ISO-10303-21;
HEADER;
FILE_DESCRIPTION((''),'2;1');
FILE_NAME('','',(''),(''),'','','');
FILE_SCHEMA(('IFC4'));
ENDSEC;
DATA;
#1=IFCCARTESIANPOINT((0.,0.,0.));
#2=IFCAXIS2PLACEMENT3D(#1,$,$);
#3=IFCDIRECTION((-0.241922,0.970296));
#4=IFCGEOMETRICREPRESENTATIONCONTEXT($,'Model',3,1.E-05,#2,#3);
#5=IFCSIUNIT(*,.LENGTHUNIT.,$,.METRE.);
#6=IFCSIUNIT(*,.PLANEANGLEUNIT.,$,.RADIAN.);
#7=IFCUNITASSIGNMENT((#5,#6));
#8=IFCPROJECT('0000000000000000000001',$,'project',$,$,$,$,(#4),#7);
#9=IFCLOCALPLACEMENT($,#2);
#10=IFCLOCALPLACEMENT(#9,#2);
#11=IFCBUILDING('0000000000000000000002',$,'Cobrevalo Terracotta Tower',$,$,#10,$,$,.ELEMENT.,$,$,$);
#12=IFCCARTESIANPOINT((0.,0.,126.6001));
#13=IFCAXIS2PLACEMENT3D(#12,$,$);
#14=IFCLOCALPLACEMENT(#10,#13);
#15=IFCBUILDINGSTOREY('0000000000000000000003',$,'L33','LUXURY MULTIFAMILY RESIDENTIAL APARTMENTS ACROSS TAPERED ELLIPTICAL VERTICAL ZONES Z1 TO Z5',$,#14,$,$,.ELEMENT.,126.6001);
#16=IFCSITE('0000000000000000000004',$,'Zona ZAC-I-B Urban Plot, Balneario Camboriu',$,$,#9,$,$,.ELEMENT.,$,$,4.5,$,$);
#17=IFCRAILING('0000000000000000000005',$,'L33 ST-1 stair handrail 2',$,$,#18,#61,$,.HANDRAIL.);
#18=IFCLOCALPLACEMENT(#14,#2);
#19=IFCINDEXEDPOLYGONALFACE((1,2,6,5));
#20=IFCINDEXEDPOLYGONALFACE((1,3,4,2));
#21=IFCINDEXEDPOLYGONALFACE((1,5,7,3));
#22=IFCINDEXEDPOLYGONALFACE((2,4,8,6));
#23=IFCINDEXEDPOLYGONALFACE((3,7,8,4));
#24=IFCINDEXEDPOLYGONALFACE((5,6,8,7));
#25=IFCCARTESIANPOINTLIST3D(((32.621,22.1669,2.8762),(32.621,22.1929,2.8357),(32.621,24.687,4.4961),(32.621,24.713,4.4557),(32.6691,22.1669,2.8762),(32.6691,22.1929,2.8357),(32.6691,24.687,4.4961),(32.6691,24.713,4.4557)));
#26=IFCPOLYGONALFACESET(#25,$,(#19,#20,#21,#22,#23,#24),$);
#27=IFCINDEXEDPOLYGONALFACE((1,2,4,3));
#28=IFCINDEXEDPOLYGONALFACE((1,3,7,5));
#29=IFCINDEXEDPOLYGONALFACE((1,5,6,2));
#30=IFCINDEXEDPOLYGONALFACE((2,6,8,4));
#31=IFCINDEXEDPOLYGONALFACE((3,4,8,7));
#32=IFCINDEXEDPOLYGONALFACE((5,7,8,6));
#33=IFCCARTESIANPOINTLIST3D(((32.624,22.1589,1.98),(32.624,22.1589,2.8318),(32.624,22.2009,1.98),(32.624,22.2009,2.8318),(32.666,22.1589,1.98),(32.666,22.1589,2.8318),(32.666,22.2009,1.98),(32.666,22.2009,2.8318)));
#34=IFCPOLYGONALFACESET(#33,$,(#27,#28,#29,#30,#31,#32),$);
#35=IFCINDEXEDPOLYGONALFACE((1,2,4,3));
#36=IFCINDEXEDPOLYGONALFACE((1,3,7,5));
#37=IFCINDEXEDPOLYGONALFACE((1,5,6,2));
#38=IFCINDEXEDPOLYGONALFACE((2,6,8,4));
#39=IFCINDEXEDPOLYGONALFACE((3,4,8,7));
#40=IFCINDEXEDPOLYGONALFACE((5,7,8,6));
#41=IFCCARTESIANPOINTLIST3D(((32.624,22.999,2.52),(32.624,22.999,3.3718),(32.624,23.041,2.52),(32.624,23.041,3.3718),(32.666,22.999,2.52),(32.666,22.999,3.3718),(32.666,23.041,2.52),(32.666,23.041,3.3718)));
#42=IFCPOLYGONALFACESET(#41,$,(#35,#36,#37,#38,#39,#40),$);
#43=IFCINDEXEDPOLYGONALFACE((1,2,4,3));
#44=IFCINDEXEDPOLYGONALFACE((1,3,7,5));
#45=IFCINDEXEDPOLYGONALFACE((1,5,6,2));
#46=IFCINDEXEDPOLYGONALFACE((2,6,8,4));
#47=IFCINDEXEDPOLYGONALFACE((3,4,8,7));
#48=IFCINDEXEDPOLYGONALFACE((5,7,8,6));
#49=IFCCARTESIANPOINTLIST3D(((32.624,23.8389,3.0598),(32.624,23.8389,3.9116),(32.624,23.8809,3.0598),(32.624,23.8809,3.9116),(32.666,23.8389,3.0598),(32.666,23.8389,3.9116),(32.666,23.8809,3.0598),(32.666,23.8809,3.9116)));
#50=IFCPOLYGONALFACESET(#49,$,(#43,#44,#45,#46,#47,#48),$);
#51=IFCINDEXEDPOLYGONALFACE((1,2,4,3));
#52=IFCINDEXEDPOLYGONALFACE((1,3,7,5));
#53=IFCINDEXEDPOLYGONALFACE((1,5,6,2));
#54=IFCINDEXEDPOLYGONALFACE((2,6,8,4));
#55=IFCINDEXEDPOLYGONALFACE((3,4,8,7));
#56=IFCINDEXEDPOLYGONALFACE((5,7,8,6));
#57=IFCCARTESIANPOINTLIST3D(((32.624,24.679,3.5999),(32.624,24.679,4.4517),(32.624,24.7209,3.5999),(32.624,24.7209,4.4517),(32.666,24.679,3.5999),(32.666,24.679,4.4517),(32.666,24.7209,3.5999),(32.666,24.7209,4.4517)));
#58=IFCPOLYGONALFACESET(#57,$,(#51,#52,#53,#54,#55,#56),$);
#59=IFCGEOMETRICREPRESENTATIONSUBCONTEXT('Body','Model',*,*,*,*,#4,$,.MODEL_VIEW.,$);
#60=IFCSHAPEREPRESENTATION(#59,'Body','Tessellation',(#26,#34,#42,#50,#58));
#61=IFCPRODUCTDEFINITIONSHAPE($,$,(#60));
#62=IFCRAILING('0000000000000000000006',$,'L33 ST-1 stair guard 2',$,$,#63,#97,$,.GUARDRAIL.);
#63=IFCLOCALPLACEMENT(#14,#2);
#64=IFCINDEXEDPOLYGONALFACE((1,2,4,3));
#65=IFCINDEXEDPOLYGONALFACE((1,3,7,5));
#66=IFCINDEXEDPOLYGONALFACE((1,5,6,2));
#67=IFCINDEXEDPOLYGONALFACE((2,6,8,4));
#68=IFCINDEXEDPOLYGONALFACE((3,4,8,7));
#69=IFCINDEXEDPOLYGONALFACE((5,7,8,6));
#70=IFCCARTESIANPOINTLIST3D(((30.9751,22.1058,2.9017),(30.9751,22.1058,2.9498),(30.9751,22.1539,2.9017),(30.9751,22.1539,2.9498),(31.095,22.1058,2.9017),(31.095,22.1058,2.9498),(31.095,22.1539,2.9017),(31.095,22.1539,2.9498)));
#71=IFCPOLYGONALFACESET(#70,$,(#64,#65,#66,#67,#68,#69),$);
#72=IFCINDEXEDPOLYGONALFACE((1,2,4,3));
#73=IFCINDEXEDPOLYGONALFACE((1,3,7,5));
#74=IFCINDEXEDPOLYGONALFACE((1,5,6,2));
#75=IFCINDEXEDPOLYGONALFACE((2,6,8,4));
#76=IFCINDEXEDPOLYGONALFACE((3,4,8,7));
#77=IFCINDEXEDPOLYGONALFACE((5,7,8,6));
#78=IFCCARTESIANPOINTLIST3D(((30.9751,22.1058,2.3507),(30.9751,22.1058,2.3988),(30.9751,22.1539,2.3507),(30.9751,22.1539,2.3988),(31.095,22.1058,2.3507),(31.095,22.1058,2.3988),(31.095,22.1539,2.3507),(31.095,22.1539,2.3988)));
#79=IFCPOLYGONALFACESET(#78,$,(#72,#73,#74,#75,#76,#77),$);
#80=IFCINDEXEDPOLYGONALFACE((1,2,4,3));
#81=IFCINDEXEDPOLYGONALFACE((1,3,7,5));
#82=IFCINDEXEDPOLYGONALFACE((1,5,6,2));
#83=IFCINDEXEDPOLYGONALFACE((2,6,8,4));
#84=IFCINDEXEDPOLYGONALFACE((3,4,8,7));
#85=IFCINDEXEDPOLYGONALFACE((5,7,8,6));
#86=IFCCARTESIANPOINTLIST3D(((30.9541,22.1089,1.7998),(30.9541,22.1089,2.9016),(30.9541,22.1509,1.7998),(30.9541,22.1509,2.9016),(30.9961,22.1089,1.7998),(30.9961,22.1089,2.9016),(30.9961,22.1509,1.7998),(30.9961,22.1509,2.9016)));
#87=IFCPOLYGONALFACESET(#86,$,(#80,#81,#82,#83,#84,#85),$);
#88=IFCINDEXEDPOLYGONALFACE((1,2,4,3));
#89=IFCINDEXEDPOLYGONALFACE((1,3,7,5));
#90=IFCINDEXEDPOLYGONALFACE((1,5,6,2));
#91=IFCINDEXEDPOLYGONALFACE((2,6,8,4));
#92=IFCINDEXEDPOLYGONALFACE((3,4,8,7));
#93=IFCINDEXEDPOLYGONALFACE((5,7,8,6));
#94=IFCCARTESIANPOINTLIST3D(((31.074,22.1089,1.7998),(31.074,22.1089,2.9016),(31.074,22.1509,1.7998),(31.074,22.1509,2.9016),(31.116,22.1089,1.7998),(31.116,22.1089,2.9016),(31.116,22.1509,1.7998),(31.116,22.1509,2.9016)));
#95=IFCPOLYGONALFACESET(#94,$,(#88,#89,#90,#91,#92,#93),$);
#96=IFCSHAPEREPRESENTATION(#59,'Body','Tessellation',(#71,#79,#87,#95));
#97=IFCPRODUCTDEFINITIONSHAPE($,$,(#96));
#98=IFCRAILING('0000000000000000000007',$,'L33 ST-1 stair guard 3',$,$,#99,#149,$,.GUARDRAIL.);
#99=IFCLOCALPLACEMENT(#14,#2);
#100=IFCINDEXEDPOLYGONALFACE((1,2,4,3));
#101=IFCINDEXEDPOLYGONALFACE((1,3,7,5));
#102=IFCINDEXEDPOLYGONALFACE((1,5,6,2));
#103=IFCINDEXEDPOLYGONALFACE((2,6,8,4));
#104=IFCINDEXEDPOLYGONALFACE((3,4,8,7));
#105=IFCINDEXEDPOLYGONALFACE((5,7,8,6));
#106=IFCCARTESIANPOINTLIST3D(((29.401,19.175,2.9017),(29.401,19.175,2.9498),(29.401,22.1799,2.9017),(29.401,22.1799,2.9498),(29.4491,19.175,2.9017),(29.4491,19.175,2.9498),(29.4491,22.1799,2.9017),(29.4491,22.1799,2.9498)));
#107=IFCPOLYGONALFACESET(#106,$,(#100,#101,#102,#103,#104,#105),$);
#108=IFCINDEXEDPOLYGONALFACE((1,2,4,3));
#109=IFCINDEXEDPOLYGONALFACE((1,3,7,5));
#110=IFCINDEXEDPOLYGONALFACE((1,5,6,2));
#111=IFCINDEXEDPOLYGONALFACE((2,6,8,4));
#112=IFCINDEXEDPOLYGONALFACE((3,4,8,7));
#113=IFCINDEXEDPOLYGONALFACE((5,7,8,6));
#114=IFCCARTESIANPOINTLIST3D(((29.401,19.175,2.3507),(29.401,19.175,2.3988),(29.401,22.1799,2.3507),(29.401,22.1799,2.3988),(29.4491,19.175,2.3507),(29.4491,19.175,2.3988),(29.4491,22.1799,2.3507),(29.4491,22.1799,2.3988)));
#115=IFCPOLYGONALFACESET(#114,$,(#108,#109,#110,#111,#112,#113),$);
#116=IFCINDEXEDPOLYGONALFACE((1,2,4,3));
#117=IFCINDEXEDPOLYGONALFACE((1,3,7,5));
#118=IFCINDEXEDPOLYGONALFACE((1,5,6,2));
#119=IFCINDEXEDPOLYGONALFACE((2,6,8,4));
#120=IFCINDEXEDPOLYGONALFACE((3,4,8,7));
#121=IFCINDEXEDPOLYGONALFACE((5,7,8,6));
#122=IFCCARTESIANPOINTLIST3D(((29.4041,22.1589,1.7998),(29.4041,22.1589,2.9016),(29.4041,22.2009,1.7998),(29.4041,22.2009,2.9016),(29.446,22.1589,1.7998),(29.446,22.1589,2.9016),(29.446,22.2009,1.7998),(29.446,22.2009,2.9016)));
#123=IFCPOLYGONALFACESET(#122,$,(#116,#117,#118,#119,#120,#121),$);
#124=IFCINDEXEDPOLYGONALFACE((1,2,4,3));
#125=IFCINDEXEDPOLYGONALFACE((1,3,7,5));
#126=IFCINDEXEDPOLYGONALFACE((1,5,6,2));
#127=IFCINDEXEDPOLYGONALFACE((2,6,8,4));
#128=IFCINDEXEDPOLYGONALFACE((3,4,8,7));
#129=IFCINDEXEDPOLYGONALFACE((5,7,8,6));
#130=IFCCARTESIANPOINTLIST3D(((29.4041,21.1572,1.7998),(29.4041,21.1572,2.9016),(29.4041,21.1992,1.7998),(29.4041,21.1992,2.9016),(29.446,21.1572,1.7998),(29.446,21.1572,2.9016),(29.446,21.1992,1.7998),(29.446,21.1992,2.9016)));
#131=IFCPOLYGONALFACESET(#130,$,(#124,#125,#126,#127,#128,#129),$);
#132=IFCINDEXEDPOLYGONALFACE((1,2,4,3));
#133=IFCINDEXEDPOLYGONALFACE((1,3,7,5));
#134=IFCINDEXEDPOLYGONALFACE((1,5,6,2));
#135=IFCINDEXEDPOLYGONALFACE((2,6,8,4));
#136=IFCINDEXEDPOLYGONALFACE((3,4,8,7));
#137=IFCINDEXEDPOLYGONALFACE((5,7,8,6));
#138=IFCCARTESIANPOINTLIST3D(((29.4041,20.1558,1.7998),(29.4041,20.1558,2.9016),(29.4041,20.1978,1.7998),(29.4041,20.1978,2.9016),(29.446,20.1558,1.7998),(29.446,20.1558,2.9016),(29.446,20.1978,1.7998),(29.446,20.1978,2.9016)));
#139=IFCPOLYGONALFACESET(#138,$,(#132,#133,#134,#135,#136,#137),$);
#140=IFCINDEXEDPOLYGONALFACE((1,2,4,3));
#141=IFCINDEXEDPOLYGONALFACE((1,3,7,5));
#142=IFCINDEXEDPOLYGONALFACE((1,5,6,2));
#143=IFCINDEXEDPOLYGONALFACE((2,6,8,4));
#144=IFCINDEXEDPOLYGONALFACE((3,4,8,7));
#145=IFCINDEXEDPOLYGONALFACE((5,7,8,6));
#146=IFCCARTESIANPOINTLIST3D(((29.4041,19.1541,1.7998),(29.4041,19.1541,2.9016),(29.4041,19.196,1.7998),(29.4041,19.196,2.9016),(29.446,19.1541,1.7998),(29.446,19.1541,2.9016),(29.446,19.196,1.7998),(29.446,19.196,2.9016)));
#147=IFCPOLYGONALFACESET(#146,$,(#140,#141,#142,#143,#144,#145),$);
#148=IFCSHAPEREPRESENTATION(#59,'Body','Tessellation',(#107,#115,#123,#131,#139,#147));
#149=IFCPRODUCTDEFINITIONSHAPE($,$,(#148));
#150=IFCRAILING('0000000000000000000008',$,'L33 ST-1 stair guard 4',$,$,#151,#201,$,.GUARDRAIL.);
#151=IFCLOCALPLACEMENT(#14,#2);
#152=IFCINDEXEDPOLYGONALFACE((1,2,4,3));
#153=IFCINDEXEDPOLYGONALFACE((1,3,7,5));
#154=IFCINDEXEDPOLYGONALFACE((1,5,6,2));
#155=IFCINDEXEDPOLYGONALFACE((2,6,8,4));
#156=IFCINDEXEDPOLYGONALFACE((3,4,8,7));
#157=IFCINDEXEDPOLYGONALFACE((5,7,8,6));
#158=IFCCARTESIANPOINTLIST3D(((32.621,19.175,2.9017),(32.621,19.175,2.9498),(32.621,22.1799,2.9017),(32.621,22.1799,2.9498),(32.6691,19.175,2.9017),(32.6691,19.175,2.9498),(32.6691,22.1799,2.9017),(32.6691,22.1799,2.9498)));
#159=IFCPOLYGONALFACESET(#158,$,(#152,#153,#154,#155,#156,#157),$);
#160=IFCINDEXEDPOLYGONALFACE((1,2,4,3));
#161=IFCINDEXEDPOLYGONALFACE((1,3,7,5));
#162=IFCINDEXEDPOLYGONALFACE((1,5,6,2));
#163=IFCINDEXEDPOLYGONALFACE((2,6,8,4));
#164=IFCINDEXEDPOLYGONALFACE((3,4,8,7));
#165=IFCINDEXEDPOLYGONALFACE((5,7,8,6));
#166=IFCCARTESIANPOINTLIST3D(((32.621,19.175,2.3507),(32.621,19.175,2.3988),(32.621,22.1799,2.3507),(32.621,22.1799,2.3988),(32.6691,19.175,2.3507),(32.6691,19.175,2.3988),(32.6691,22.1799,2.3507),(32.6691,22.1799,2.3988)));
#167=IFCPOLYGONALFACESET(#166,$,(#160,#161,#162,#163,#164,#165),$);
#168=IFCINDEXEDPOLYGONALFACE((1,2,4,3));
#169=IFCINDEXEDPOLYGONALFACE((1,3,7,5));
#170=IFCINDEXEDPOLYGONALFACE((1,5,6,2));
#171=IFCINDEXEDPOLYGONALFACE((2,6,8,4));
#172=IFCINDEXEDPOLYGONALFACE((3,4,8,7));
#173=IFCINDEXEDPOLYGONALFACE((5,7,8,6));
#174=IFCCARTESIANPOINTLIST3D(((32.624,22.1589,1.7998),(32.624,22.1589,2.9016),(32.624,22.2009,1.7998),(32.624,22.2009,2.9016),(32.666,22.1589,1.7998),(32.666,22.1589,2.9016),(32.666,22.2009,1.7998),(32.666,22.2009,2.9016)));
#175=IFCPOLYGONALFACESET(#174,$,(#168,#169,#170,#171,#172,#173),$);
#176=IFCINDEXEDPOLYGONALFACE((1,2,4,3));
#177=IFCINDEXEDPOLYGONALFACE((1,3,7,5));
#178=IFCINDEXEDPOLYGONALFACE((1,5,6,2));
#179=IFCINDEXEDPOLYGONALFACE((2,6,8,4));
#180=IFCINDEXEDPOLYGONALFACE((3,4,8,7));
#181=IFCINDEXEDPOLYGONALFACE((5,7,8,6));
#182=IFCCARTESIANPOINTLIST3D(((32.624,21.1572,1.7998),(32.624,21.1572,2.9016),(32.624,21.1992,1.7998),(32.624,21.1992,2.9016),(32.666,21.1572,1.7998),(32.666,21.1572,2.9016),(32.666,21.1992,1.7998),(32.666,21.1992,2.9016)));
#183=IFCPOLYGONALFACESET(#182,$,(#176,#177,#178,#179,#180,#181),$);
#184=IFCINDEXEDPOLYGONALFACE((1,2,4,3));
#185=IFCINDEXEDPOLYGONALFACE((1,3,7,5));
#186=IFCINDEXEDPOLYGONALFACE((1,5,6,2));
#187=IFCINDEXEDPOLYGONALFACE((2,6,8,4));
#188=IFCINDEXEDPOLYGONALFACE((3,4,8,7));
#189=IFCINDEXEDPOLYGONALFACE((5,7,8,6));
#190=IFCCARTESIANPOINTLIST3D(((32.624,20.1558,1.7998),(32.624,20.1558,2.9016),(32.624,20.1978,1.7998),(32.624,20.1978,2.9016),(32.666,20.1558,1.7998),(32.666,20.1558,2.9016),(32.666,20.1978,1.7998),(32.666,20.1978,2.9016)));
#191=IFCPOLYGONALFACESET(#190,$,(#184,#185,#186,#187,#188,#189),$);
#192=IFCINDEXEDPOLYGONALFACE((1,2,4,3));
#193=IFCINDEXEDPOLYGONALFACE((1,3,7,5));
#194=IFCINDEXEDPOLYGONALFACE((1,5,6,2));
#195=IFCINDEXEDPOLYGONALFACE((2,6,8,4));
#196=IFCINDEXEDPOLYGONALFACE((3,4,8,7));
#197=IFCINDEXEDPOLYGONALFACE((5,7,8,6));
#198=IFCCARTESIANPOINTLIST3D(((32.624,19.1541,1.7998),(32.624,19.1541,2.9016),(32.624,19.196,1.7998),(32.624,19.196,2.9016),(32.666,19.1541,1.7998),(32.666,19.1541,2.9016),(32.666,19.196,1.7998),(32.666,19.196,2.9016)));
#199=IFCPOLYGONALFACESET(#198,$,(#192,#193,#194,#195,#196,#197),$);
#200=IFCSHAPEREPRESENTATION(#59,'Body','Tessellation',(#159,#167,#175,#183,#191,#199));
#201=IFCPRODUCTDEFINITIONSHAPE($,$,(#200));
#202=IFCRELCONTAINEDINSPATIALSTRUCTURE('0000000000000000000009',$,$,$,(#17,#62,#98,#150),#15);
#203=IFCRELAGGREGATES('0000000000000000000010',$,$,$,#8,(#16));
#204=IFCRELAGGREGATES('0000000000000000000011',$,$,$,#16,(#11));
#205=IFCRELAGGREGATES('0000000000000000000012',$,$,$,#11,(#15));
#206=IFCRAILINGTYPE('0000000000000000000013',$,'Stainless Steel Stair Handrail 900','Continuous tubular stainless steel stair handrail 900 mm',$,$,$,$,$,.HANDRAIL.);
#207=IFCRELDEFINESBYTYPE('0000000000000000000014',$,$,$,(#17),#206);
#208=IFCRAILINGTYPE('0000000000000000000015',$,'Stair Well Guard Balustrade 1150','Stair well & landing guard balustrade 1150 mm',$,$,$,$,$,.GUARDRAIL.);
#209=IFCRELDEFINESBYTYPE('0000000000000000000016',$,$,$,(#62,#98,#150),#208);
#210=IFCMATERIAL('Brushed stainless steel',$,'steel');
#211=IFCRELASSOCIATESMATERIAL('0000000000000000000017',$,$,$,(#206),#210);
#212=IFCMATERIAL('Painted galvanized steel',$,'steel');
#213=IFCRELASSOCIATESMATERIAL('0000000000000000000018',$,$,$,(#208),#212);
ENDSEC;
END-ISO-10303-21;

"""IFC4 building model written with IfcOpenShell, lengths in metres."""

from ifc_helpers import new_model, si_unit, direction, frame, origin, origin_2d, place, context, subcontext, project, spatial, rectangle, extrude, material, type_object, element, save


model = new_model("IFC4")

# Units and contexts
model_context = context("Model", 3, precision=1e-05, world=origin(), true_north=direction((-0.241922, 0.970296)))
body_context = subcontext(model_context, "Body", "Model", "MODEL_VIEW")
ifc_project = project(units=[si_unit("LENGTHUNIT", "METRE"), si_unit("PLANEANGLEUNIT", "RADIAN")], contexts=[model_context])

# Site, building, storey
site_placement = place(None, origin())
site = spatial("IfcSite", under=ifc_project, at=site_placement, Name="Zona ZAC-I-B Urban Plot, Balneario Camboriu", CompositionType="ELEMENT", RefElevation=4.5)
building_placement = place(site_placement, origin())
building = spatial("IfcBuilding", under=site, at=building_placement, Name="Cobrevalo Terracotta Tower", CompositionType="ELEMENT")
storey_placement = place(building_placement, frame((0.0, 0.0, 126.6001)))
storey = spatial("IfcBuildingStorey", under=building, at=storey_placement, Name="L33", Description="LUXURY MULTIFAMILY RESIDENTIAL APARTMENTS ACROSS TAPERED ELLIPTICAL VERTICAL ZONES Z1 TO Z5", CompositionType="ELEMENT", Elevation=126.6001)

# Railings
ifc_material_1 = material(Name="Brushed stainless steel", Category="steel")
railing_type_1 = type_object("IfcRailingType", Name="Stainless Steel Stair Handrail 900", Description="Continuous tubular stainless steel stair handrail 900 mm", PredefinedType="HANDRAIL", material=ifc_material_1)
railing_1_placement = place(storey_placement, frame((32.645, 22.1799, 1.98)))
element("IfcRailing", 1, at=railing_1_placement, inside=storey, type_object=railing_type_1, Name="L33 ST-1 stair handrail 2", PredefinedType="HANDRAIL", context=body_context, shape_type="SweptSolid", body=[
    extrude(rectangle(XDim=0.0481, YDim=0.0481, at=origin_2d()), frame((0.0, 0.0, 0.876), z_axis=(0.0, 0.8412, 0.540725), x_axis=(-1.0, 0.0, 0.0)), (0.0, 0.0, 1.0), 2.9958),
    extrude(rectangle(XDim=0.042, YDim=0.042, at=origin_2d()), origin(), (0.0, 0.0, 1.0), 0.8518),
    extrude(rectangle(XDim=0.042, YDim=0.042, at=origin_2d()), frame((0.0, 0.8401, 0.54)), (0.0, 0.0, 1.0), 0.8518),
    extrude(rectangle(XDim=0.042, YDim=0.042, at=origin_2d()), frame((0.0, 1.6799, 1.0798)), (0.0, 0.0, 1.0), 0.8518),
    extrude(rectangle(XDim=0.042, YDim=0.042, at=origin_2d()), frame((0.0, 2.52, 1.6199)), (0.0, 0.0, 1.0), 0.8518),
])
ifc_material_2 = material(Name="Painted galvanized steel", Category="steel")
railing_type_2 = type_object("IfcRailingType", Name="Stair Well Guard Balustrade 1150", Description="Stair well & landing guard balustrade 1150 mm", PredefinedType="GUARDRAIL", material=ifc_material_2)
railing_2_placement = place(storey_placement, frame((30.9751, 22.1299, 1.7998)))
element("IfcRailing", 2, at=railing_2_placement, inside=storey, type_object=railing_type_2, Name="L33 ST-1 stair guard 2", PredefinedType="GUARDRAIL", context=body_context, shape_type="SweptSolid", body=[
    extrude(rectangle(XDim=0.0481, YDim=0.0481, at=origin_2d()), frame((0.0, 0.0, 1.126), z_axis=(1.0, 0.0, 0.0), x_axis=(0.0, 1.0, 0.0)), (0.0, 0.0, 1.0), 0.1199),
    extrude(rectangle(XDim=0.0481, YDim=0.0481, at=origin_2d()), frame((0.0, 0.0, 0.575), z_axis=(1.0, 0.0, 0.0), x_axis=(0.0, 1.0, 0.0)), (0.0, 0.0, 1.0), 0.1199),
    extrude(rectangle(XDim=0.042, YDim=0.042, at=origin_2d()), origin(), (0.0, 0.0, 1.0), 1.1018),
    extrude(rectangle(XDim=0.042, YDim=0.042, at=origin_2d()), frame((0.1199, 0.0, 0.0)), (0.0, 0.0, 1.0), 1.1018),
])
for number, where, name in (
    (3, (29.425, 22.1799, 1.7998), "L33 ST-1 stair guard 3"),
    (4, (32.645, 22.1799, 1.7998), "L33 ST-1 stair guard 4"),
):
    element("IfcRailing", number, at=place(storey_placement, frame(where)), inside=storey, type_object=railing_type_2, Name=name, PredefinedType="GUARDRAIL", context=body_context, shape_type="SweptSolid", body=[
        extrude(rectangle(XDim=0.0481, YDim=0.0481, at=origin_2d()), frame((0.0, 0.0, 1.126), z_axis=(0.0, -1.0, 0.0), x_axis=(1.0, 0.0, 0.0)), (0.0, 0.0, 1.0), 3.0049),
        extrude(rectangle(XDim=0.0481, YDim=0.0481, at=origin_2d()), frame((0.0, 0.0, 0.575), z_axis=(0.0, -1.0, 0.0), x_axis=(1.0, 0.0, 0.0)), (0.0, 0.0, 1.0), 3.0049),
        extrude(rectangle(XDim=0.042, YDim=0.042, at=origin_2d()), origin(), (0.0, 0.0, 1.0), 1.1018),
        extrude(rectangle(XDim=0.042, YDim=0.042, at=origin_2d()), frame((0.0, -1.0017, 0.0)), (0.0, 0.0, 1.0), 1.1018),
        extrude(rectangle(XDim=0.042, YDim=0.042, at=origin_2d()), frame((0.0, -2.0032, 0.0)), (0.0, 0.0, 1.0), 1.1018),
        extrude(rectangle(XDim=0.042, YDim=0.042, at=origin_2d()), frame((0.0, -3.0049, 0.0)), (0.0, 0.0, 1.0), 1.1018),
    ])

save(model, "model.ifc")
